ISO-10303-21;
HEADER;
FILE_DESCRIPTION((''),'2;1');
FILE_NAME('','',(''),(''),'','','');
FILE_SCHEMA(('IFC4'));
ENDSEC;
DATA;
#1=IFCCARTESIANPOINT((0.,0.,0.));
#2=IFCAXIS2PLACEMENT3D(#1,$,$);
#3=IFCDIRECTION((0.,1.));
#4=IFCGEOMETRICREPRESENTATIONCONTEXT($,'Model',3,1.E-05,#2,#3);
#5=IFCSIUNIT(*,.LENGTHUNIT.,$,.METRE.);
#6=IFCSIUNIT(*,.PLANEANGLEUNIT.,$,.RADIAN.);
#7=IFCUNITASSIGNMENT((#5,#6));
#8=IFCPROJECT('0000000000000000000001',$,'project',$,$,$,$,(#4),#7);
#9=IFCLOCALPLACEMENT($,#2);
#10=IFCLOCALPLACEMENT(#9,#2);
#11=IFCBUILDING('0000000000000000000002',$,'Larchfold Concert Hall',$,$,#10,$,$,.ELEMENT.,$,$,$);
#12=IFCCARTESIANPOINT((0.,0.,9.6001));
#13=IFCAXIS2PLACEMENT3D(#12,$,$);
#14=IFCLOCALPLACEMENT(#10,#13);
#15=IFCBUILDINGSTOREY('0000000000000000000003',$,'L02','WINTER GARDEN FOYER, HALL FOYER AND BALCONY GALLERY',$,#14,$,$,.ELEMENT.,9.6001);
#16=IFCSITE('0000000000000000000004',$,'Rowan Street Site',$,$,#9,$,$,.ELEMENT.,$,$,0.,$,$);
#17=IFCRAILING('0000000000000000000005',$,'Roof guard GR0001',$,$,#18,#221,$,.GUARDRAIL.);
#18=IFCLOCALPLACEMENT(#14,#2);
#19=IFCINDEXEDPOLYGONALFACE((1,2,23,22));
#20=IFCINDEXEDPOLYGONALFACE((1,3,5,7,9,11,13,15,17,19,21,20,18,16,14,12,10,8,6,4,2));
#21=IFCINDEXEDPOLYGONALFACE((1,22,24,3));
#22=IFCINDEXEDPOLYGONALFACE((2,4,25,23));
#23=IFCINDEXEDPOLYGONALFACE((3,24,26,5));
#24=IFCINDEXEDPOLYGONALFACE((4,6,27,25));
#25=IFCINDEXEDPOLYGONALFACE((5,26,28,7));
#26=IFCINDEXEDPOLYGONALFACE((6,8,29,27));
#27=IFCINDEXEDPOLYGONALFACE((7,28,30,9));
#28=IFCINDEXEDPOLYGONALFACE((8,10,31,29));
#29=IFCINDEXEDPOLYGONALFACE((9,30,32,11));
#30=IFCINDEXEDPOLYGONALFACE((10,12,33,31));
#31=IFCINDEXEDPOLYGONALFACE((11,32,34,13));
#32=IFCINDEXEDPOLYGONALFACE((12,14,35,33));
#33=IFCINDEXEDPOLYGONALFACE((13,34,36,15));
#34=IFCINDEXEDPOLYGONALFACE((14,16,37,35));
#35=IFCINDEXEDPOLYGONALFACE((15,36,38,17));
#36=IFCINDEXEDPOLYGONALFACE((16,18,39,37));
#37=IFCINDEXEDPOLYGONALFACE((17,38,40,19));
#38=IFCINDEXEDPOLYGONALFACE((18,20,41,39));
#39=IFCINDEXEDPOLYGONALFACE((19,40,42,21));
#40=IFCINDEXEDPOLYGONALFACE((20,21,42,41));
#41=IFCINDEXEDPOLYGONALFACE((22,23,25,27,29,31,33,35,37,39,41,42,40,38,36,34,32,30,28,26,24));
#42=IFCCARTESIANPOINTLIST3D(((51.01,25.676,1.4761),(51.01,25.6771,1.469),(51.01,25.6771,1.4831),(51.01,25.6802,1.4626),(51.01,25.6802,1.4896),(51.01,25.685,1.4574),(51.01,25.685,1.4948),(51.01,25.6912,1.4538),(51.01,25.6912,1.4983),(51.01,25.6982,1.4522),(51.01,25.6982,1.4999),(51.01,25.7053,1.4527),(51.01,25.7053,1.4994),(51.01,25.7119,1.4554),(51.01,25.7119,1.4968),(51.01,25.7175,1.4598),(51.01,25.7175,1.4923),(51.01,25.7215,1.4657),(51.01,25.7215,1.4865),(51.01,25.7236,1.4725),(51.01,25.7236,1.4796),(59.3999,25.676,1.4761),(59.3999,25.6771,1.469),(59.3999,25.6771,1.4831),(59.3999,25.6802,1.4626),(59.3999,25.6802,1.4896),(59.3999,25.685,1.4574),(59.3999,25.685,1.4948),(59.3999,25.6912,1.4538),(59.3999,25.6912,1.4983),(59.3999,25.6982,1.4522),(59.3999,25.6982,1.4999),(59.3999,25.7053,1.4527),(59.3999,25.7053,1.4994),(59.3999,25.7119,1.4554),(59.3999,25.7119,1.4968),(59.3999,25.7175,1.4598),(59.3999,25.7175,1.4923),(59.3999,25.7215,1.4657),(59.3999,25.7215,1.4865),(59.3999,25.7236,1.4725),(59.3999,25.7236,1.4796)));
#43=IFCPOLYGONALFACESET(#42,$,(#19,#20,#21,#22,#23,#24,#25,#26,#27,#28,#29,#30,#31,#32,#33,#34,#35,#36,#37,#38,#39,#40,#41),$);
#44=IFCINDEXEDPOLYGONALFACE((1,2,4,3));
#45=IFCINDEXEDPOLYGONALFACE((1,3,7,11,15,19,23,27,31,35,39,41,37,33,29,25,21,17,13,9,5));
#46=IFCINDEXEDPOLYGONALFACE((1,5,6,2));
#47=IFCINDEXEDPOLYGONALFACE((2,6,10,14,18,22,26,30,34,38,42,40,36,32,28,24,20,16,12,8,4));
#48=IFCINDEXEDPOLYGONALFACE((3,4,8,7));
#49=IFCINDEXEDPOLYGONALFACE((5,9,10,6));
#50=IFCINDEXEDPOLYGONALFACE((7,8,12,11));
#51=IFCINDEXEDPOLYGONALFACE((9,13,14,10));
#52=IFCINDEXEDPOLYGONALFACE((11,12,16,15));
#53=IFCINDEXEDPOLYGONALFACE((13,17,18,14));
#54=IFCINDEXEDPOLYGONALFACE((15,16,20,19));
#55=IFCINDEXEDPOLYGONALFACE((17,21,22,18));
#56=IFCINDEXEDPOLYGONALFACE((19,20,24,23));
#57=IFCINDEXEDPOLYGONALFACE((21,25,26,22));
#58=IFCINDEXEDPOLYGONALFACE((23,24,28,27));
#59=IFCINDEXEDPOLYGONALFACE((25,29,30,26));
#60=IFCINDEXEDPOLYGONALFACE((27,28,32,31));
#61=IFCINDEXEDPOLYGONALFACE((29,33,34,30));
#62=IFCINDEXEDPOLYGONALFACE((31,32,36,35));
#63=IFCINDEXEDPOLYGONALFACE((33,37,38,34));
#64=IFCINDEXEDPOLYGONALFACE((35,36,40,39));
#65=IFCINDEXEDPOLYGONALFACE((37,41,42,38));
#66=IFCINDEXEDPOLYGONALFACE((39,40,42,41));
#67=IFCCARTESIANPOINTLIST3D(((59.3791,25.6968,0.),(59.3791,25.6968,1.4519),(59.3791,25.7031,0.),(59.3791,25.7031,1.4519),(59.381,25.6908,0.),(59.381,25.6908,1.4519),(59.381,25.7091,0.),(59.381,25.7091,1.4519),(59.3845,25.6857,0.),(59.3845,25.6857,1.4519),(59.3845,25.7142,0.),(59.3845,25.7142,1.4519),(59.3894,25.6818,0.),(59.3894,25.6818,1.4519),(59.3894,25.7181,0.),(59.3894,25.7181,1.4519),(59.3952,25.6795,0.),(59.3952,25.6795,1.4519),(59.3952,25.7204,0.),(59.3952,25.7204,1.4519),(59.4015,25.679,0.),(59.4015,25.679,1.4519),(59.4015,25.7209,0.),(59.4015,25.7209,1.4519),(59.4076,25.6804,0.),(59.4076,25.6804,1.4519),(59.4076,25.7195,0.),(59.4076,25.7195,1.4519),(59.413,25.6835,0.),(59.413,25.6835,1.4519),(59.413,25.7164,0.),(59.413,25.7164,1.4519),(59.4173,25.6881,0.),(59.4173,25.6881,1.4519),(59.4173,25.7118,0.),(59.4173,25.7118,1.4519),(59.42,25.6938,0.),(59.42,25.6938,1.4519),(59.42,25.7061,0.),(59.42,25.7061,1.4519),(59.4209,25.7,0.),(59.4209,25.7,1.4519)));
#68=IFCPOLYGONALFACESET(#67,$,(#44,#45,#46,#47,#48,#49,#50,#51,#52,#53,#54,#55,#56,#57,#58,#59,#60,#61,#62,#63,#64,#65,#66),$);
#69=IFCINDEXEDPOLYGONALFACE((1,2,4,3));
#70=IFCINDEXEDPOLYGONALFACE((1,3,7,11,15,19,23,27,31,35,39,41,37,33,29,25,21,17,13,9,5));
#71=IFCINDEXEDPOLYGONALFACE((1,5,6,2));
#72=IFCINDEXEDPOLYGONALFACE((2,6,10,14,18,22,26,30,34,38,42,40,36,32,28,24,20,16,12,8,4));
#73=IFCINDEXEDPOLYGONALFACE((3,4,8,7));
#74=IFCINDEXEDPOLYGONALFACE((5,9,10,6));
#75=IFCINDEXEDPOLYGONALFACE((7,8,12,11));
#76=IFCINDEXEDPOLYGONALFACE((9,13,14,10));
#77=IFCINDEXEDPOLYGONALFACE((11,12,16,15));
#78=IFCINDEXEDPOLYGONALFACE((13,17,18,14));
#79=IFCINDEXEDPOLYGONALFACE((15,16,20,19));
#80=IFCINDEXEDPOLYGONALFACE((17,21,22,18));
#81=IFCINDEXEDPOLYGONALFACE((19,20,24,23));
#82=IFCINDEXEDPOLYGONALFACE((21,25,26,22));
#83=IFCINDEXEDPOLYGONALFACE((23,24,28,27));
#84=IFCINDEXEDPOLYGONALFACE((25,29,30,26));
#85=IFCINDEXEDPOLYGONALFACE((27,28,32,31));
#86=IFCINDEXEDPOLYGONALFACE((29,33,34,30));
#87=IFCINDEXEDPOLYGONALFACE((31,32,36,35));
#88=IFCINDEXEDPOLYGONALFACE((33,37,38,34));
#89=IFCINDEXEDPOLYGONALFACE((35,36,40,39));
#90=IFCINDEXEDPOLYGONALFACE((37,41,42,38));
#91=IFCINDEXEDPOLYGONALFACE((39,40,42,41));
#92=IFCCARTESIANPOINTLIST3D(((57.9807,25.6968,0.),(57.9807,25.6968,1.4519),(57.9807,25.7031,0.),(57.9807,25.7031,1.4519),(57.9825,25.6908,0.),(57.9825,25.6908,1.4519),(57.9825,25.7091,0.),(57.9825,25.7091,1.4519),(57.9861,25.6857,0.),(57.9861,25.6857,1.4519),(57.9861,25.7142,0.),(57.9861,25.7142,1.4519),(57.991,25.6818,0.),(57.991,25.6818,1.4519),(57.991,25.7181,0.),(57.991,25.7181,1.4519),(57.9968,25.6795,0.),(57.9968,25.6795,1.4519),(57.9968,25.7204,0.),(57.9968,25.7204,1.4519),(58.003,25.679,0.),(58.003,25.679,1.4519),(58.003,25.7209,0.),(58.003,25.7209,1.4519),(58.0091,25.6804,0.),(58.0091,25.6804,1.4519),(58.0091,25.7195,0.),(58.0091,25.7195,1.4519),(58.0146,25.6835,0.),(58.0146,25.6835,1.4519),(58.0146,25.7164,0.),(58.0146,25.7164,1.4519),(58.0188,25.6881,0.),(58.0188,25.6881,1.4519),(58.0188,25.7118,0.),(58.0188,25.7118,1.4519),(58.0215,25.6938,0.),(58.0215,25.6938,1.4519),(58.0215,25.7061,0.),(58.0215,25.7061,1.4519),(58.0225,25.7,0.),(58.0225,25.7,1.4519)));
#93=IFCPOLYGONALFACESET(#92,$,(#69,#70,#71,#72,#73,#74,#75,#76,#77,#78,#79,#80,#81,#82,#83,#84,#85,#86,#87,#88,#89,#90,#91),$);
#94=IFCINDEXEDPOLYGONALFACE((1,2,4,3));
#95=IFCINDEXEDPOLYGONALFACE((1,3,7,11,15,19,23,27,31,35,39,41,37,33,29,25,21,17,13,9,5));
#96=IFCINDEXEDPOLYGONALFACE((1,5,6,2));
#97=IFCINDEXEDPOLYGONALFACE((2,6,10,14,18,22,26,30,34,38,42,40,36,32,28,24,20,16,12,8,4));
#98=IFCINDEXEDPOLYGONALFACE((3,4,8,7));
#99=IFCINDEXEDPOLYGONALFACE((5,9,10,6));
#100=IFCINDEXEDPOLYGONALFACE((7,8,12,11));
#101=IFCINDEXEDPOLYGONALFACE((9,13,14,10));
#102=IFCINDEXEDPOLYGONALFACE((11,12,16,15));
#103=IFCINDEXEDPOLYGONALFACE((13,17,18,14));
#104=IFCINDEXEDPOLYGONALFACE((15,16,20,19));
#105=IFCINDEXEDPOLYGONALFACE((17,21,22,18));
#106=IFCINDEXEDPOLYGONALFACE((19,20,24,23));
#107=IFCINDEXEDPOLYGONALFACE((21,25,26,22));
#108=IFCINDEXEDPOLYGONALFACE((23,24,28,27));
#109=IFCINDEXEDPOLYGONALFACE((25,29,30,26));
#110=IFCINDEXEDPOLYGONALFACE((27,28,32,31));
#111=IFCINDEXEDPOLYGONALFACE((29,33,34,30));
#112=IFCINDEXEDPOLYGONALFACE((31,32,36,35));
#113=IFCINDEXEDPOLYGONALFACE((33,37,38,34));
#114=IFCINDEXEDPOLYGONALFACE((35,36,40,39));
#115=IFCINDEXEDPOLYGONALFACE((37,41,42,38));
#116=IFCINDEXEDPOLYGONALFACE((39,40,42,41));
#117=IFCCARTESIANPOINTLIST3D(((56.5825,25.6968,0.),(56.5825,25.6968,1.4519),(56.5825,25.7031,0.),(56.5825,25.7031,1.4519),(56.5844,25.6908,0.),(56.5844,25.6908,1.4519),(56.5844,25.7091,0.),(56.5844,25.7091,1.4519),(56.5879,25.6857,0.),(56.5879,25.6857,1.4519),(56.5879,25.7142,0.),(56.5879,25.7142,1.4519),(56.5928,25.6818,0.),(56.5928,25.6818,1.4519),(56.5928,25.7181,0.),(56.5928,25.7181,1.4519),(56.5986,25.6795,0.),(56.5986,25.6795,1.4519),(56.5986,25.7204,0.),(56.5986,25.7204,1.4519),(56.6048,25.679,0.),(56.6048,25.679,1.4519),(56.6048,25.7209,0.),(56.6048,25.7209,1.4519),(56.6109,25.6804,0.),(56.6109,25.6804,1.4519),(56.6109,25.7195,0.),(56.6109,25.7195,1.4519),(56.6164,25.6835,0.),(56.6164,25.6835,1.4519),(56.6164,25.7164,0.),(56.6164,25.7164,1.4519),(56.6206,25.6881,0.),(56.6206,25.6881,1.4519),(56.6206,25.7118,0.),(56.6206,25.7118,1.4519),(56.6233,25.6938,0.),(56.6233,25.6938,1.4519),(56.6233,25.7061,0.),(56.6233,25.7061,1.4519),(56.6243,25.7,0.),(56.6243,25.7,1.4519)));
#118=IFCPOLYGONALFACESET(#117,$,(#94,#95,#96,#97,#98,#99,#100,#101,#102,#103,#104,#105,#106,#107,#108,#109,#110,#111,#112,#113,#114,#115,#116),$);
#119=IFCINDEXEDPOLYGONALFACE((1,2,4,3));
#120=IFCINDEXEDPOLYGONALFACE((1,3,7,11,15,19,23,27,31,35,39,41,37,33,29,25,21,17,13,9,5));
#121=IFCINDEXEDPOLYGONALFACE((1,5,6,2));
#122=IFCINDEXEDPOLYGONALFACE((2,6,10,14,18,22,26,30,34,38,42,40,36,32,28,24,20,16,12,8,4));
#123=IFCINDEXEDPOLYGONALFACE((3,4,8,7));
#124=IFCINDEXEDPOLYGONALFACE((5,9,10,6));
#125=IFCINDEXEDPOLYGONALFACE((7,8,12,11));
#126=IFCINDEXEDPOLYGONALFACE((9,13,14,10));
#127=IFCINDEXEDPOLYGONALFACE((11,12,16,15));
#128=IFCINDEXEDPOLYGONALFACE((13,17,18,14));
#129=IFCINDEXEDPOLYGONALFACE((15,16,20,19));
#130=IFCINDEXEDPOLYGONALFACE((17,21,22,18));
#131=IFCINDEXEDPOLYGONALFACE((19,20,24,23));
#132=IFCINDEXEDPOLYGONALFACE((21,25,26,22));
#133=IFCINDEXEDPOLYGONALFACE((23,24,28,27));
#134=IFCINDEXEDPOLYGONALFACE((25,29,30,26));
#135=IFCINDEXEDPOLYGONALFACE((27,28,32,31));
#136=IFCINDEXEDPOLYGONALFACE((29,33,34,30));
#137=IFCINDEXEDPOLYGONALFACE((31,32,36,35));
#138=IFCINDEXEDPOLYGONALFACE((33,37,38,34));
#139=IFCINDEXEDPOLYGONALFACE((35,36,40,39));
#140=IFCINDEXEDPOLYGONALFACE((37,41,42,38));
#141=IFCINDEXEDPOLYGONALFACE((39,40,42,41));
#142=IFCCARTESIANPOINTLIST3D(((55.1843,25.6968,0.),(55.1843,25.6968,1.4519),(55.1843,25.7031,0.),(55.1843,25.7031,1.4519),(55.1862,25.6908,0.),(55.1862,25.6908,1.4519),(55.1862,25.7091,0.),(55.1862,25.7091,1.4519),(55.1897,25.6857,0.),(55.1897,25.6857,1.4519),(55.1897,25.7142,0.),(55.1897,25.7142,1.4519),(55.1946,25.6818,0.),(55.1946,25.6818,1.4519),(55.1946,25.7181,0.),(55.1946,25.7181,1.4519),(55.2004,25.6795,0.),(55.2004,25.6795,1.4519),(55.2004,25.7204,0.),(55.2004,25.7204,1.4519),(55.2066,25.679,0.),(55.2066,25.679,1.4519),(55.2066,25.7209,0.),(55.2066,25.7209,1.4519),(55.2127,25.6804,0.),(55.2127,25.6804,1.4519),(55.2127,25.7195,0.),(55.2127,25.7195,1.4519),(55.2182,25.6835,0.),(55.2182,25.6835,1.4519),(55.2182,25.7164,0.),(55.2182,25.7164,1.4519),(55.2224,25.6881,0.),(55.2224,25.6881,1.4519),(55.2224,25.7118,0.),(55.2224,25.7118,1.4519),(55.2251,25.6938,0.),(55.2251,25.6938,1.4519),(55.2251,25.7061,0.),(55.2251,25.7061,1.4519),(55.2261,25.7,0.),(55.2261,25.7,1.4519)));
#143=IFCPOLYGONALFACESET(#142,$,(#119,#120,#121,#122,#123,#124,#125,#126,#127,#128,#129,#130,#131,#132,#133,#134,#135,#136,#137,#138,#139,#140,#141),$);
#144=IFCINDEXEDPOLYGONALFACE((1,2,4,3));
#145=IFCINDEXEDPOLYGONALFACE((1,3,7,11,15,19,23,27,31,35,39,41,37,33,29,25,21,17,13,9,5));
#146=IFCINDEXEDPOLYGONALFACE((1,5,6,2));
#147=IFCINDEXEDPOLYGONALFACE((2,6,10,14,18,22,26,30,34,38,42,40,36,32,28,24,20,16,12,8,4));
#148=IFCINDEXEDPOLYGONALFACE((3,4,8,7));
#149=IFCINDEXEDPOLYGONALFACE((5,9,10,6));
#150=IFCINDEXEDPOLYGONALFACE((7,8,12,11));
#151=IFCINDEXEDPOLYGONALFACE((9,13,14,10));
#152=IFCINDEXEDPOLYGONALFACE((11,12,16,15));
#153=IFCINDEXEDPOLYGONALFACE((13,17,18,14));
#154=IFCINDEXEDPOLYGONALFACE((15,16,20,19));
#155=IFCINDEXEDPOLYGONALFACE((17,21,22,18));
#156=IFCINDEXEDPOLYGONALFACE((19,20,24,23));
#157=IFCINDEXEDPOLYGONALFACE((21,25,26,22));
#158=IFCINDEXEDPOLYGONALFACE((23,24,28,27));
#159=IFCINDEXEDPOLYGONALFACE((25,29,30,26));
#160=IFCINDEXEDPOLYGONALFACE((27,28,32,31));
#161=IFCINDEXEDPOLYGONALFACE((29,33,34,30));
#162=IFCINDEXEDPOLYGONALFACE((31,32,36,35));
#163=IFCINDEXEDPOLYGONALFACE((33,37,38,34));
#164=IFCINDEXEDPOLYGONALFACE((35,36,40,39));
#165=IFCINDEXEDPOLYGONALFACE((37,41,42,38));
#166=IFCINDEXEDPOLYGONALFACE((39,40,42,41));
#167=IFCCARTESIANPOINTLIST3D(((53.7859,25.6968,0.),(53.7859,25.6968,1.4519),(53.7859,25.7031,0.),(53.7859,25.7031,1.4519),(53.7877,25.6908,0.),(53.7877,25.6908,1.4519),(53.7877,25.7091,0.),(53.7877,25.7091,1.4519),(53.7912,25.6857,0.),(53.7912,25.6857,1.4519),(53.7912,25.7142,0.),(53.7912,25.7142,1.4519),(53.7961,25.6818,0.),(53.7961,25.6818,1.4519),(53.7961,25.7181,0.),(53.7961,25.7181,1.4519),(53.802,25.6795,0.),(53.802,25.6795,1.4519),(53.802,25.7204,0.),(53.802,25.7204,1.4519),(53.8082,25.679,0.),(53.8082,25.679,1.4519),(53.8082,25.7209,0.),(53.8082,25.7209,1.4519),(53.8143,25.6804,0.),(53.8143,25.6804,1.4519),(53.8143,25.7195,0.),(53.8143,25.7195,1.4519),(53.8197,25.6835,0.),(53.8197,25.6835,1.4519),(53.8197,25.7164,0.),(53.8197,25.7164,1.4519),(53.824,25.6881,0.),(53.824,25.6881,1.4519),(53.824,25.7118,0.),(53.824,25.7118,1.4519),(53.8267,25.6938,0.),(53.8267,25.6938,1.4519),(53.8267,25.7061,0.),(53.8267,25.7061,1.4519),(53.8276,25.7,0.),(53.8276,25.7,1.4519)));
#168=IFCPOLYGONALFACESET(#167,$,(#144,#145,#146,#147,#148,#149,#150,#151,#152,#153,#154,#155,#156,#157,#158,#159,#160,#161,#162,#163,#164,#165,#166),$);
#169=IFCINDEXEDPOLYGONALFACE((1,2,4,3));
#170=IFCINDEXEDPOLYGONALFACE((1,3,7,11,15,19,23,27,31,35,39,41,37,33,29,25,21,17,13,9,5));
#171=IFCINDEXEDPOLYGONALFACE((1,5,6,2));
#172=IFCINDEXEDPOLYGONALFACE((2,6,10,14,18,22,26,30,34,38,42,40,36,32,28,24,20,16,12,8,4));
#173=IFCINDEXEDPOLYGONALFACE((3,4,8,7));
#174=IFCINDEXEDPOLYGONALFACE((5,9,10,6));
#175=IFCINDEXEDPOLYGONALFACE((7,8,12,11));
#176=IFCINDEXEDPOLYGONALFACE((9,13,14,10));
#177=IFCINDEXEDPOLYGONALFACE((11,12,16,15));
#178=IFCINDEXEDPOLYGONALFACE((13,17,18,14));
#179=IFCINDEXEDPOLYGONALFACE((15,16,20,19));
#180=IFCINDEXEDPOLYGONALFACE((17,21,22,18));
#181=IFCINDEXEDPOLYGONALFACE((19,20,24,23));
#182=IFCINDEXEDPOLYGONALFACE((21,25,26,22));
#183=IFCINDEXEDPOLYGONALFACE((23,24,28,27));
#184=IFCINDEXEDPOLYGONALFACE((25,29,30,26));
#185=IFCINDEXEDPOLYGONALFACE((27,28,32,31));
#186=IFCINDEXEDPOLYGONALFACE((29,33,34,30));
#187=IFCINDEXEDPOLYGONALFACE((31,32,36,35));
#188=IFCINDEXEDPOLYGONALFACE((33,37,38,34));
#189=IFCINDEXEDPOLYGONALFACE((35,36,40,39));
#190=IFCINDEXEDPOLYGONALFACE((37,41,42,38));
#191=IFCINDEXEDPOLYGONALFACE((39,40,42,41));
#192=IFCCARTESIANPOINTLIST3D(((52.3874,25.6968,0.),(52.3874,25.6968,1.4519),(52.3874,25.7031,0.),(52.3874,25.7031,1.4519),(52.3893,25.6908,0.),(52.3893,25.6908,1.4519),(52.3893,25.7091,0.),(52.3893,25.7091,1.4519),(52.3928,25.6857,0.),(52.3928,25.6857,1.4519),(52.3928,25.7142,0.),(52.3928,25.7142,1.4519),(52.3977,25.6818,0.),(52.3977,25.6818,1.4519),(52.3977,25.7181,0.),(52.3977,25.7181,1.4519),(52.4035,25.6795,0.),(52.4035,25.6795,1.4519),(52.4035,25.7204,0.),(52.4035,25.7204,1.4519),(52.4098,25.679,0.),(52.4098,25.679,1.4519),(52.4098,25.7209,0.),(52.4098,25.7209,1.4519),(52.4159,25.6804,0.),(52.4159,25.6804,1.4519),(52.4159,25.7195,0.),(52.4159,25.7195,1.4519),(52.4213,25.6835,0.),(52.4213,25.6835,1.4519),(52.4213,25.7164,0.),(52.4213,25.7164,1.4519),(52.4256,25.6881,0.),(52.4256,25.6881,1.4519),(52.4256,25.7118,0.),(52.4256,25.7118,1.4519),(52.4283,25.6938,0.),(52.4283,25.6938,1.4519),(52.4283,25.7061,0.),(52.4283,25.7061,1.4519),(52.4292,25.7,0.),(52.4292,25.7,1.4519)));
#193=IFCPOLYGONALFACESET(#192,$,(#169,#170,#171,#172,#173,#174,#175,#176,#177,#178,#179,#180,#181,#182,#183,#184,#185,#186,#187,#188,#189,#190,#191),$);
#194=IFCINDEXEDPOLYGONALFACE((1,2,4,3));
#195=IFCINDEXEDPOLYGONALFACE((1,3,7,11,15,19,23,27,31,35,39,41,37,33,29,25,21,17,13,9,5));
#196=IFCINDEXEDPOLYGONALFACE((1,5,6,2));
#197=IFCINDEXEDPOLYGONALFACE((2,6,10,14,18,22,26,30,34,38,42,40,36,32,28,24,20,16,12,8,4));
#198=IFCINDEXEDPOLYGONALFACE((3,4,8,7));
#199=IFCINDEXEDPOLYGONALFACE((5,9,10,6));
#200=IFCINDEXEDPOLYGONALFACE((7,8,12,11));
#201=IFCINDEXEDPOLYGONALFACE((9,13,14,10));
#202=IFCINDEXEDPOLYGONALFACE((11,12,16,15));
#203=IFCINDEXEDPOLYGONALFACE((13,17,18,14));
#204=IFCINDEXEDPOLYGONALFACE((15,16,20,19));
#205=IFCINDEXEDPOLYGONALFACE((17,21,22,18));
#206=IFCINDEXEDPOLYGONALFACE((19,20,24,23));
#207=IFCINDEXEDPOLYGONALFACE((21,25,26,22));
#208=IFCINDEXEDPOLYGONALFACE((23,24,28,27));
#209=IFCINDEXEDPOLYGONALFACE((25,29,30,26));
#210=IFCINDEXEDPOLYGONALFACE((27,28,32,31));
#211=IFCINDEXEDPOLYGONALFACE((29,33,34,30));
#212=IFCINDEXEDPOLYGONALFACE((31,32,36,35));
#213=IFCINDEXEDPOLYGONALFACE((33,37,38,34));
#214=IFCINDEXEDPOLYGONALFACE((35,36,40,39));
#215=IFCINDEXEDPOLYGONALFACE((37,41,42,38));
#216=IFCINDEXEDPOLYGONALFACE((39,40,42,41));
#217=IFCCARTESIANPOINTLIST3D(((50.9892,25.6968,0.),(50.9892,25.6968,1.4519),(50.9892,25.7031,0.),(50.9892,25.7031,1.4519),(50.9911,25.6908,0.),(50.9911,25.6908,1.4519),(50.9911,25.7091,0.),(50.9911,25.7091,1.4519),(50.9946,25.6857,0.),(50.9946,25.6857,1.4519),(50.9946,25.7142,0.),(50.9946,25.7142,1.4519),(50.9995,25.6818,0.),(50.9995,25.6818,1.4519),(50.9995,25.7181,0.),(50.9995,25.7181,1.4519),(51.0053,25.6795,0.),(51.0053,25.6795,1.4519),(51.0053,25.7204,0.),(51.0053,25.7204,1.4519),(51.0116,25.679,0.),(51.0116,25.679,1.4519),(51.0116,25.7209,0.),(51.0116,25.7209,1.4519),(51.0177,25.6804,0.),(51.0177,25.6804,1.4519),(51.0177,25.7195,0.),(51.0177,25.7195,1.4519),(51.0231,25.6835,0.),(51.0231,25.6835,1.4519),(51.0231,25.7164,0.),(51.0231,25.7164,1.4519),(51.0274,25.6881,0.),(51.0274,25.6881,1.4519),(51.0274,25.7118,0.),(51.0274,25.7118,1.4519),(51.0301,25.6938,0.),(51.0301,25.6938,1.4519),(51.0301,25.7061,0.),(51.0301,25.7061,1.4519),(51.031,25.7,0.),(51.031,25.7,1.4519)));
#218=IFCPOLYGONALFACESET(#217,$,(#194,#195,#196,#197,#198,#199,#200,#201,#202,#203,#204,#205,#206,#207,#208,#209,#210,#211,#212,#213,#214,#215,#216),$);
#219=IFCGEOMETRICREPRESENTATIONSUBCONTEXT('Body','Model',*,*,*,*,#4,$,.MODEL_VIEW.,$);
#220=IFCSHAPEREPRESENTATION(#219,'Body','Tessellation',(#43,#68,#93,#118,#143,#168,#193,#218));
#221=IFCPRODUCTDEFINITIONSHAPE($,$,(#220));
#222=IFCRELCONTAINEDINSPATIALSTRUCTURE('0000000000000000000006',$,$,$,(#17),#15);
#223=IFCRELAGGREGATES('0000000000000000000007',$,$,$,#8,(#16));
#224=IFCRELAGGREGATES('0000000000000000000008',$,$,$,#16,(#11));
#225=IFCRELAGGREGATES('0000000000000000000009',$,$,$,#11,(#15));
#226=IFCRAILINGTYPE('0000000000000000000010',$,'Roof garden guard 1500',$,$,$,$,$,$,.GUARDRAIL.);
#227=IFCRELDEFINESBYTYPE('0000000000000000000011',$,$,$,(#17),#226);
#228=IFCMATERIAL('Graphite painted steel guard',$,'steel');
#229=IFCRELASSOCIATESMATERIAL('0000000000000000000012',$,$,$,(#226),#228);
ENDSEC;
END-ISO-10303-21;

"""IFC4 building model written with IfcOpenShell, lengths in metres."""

from ifc_helpers import new_model, si_unit, direction, frame, origin, origin_2d, place, context, subcontext, project, spatial, circle, extrude, material, type_object, element, save


model = new_model("IFC4")

# Units and contexts
model_context = context("Model", 3, precision=1e-05, world=origin(), true_north=direction((0.0, 1.0)))
body_context = subcontext(model_context, "Body", "Model", "MODEL_VIEW")
ifc_project = project(units=[si_unit("LENGTHUNIT", "METRE"), si_unit("PLANEANGLEUNIT", "RADIAN")], contexts=[model_context])

# Site, building, storey
site_placement = place(None, origin())
site = spatial("IfcSite", under=ifc_project, at=site_placement, Name="Rowan Street Site", CompositionType="ELEMENT", RefElevation=0.0)
building_placement = place(site_placement, origin())
building = spatial("IfcBuilding", under=site, at=building_placement, Name="Larchfold Concert Hall", CompositionType="ELEMENT")
storey_placement = place(building_placement, frame((0.0, 0.0, 9.6001)))
storey = spatial("IfcBuildingStorey", under=building, at=storey_placement, Name="L02", Description="WINTER GARDEN FOYER, HALL FOYER AND BALCONY GALLERY", CompositionType="ELEMENT", Elevation=9.6001)

# Railing
ifc_material_1 = material(Name="Graphite painted steel guard", Category="steel")
railing_type = type_object("IfcRailingType", Name="Roof garden guard 1500", PredefinedType="GUARDRAIL", material=ifc_material_1)
railing_placement = place(storey_placement, frame((59.3999, 25.7, 0.0)))
element("IfcRailing", 1, at=railing_placement, inside=storey, type_object=railing_type, Name="Roof guard GR0001", PredefinedType="GUARDRAIL", context=body_context, shape_type="SweptSolid", body=[
    extrude(circle(Radius=0.0239, at=origin_2d()), frame((0.0, 0.0, 1.4761), z_axis=(-1.0, 0.0, 0.0), x_axis=(0.0, -1.0, 0.0)), (0.0, 0.0, 1.0), 8.3899),
    extrude(circle(Radius=0.021, at=origin_2d()), origin(), (0.0, 0.0, 1.0), 1.4519),
    extrude(circle(Radius=0.021, at=origin_2d()), frame((-1.3984, 0.0, 0.0)), (0.0, 0.0, 1.0), 1.4519),
    extrude(circle(Radius=0.021, at=origin_2d()), frame((-2.7966, 0.0, 0.0)), (0.0, 0.0, 1.0), 1.4519),
    extrude(circle(Radius=0.021, at=origin_2d()), frame((-4.1948, 0.0, 0.0)), (0.0, 0.0, 1.0), 1.4519),
    extrude(circle(Radius=0.021, at=origin_2d()), frame((-5.5933, 0.0, 0.0)), (0.0, 0.0, 1.0), 1.4519),
    extrude(circle(Radius=0.021, at=origin_2d()), frame((-6.9917, 0.0, 0.0)), (0.0, 0.0, 1.0), 1.4519),
    extrude(circle(Radius=0.021, at=origin_2d()), frame((-8.3899, 0.0, 0.0)), (0.0, 0.0, 1.0), 1.4519),
])

save(model, "model.ifc")
